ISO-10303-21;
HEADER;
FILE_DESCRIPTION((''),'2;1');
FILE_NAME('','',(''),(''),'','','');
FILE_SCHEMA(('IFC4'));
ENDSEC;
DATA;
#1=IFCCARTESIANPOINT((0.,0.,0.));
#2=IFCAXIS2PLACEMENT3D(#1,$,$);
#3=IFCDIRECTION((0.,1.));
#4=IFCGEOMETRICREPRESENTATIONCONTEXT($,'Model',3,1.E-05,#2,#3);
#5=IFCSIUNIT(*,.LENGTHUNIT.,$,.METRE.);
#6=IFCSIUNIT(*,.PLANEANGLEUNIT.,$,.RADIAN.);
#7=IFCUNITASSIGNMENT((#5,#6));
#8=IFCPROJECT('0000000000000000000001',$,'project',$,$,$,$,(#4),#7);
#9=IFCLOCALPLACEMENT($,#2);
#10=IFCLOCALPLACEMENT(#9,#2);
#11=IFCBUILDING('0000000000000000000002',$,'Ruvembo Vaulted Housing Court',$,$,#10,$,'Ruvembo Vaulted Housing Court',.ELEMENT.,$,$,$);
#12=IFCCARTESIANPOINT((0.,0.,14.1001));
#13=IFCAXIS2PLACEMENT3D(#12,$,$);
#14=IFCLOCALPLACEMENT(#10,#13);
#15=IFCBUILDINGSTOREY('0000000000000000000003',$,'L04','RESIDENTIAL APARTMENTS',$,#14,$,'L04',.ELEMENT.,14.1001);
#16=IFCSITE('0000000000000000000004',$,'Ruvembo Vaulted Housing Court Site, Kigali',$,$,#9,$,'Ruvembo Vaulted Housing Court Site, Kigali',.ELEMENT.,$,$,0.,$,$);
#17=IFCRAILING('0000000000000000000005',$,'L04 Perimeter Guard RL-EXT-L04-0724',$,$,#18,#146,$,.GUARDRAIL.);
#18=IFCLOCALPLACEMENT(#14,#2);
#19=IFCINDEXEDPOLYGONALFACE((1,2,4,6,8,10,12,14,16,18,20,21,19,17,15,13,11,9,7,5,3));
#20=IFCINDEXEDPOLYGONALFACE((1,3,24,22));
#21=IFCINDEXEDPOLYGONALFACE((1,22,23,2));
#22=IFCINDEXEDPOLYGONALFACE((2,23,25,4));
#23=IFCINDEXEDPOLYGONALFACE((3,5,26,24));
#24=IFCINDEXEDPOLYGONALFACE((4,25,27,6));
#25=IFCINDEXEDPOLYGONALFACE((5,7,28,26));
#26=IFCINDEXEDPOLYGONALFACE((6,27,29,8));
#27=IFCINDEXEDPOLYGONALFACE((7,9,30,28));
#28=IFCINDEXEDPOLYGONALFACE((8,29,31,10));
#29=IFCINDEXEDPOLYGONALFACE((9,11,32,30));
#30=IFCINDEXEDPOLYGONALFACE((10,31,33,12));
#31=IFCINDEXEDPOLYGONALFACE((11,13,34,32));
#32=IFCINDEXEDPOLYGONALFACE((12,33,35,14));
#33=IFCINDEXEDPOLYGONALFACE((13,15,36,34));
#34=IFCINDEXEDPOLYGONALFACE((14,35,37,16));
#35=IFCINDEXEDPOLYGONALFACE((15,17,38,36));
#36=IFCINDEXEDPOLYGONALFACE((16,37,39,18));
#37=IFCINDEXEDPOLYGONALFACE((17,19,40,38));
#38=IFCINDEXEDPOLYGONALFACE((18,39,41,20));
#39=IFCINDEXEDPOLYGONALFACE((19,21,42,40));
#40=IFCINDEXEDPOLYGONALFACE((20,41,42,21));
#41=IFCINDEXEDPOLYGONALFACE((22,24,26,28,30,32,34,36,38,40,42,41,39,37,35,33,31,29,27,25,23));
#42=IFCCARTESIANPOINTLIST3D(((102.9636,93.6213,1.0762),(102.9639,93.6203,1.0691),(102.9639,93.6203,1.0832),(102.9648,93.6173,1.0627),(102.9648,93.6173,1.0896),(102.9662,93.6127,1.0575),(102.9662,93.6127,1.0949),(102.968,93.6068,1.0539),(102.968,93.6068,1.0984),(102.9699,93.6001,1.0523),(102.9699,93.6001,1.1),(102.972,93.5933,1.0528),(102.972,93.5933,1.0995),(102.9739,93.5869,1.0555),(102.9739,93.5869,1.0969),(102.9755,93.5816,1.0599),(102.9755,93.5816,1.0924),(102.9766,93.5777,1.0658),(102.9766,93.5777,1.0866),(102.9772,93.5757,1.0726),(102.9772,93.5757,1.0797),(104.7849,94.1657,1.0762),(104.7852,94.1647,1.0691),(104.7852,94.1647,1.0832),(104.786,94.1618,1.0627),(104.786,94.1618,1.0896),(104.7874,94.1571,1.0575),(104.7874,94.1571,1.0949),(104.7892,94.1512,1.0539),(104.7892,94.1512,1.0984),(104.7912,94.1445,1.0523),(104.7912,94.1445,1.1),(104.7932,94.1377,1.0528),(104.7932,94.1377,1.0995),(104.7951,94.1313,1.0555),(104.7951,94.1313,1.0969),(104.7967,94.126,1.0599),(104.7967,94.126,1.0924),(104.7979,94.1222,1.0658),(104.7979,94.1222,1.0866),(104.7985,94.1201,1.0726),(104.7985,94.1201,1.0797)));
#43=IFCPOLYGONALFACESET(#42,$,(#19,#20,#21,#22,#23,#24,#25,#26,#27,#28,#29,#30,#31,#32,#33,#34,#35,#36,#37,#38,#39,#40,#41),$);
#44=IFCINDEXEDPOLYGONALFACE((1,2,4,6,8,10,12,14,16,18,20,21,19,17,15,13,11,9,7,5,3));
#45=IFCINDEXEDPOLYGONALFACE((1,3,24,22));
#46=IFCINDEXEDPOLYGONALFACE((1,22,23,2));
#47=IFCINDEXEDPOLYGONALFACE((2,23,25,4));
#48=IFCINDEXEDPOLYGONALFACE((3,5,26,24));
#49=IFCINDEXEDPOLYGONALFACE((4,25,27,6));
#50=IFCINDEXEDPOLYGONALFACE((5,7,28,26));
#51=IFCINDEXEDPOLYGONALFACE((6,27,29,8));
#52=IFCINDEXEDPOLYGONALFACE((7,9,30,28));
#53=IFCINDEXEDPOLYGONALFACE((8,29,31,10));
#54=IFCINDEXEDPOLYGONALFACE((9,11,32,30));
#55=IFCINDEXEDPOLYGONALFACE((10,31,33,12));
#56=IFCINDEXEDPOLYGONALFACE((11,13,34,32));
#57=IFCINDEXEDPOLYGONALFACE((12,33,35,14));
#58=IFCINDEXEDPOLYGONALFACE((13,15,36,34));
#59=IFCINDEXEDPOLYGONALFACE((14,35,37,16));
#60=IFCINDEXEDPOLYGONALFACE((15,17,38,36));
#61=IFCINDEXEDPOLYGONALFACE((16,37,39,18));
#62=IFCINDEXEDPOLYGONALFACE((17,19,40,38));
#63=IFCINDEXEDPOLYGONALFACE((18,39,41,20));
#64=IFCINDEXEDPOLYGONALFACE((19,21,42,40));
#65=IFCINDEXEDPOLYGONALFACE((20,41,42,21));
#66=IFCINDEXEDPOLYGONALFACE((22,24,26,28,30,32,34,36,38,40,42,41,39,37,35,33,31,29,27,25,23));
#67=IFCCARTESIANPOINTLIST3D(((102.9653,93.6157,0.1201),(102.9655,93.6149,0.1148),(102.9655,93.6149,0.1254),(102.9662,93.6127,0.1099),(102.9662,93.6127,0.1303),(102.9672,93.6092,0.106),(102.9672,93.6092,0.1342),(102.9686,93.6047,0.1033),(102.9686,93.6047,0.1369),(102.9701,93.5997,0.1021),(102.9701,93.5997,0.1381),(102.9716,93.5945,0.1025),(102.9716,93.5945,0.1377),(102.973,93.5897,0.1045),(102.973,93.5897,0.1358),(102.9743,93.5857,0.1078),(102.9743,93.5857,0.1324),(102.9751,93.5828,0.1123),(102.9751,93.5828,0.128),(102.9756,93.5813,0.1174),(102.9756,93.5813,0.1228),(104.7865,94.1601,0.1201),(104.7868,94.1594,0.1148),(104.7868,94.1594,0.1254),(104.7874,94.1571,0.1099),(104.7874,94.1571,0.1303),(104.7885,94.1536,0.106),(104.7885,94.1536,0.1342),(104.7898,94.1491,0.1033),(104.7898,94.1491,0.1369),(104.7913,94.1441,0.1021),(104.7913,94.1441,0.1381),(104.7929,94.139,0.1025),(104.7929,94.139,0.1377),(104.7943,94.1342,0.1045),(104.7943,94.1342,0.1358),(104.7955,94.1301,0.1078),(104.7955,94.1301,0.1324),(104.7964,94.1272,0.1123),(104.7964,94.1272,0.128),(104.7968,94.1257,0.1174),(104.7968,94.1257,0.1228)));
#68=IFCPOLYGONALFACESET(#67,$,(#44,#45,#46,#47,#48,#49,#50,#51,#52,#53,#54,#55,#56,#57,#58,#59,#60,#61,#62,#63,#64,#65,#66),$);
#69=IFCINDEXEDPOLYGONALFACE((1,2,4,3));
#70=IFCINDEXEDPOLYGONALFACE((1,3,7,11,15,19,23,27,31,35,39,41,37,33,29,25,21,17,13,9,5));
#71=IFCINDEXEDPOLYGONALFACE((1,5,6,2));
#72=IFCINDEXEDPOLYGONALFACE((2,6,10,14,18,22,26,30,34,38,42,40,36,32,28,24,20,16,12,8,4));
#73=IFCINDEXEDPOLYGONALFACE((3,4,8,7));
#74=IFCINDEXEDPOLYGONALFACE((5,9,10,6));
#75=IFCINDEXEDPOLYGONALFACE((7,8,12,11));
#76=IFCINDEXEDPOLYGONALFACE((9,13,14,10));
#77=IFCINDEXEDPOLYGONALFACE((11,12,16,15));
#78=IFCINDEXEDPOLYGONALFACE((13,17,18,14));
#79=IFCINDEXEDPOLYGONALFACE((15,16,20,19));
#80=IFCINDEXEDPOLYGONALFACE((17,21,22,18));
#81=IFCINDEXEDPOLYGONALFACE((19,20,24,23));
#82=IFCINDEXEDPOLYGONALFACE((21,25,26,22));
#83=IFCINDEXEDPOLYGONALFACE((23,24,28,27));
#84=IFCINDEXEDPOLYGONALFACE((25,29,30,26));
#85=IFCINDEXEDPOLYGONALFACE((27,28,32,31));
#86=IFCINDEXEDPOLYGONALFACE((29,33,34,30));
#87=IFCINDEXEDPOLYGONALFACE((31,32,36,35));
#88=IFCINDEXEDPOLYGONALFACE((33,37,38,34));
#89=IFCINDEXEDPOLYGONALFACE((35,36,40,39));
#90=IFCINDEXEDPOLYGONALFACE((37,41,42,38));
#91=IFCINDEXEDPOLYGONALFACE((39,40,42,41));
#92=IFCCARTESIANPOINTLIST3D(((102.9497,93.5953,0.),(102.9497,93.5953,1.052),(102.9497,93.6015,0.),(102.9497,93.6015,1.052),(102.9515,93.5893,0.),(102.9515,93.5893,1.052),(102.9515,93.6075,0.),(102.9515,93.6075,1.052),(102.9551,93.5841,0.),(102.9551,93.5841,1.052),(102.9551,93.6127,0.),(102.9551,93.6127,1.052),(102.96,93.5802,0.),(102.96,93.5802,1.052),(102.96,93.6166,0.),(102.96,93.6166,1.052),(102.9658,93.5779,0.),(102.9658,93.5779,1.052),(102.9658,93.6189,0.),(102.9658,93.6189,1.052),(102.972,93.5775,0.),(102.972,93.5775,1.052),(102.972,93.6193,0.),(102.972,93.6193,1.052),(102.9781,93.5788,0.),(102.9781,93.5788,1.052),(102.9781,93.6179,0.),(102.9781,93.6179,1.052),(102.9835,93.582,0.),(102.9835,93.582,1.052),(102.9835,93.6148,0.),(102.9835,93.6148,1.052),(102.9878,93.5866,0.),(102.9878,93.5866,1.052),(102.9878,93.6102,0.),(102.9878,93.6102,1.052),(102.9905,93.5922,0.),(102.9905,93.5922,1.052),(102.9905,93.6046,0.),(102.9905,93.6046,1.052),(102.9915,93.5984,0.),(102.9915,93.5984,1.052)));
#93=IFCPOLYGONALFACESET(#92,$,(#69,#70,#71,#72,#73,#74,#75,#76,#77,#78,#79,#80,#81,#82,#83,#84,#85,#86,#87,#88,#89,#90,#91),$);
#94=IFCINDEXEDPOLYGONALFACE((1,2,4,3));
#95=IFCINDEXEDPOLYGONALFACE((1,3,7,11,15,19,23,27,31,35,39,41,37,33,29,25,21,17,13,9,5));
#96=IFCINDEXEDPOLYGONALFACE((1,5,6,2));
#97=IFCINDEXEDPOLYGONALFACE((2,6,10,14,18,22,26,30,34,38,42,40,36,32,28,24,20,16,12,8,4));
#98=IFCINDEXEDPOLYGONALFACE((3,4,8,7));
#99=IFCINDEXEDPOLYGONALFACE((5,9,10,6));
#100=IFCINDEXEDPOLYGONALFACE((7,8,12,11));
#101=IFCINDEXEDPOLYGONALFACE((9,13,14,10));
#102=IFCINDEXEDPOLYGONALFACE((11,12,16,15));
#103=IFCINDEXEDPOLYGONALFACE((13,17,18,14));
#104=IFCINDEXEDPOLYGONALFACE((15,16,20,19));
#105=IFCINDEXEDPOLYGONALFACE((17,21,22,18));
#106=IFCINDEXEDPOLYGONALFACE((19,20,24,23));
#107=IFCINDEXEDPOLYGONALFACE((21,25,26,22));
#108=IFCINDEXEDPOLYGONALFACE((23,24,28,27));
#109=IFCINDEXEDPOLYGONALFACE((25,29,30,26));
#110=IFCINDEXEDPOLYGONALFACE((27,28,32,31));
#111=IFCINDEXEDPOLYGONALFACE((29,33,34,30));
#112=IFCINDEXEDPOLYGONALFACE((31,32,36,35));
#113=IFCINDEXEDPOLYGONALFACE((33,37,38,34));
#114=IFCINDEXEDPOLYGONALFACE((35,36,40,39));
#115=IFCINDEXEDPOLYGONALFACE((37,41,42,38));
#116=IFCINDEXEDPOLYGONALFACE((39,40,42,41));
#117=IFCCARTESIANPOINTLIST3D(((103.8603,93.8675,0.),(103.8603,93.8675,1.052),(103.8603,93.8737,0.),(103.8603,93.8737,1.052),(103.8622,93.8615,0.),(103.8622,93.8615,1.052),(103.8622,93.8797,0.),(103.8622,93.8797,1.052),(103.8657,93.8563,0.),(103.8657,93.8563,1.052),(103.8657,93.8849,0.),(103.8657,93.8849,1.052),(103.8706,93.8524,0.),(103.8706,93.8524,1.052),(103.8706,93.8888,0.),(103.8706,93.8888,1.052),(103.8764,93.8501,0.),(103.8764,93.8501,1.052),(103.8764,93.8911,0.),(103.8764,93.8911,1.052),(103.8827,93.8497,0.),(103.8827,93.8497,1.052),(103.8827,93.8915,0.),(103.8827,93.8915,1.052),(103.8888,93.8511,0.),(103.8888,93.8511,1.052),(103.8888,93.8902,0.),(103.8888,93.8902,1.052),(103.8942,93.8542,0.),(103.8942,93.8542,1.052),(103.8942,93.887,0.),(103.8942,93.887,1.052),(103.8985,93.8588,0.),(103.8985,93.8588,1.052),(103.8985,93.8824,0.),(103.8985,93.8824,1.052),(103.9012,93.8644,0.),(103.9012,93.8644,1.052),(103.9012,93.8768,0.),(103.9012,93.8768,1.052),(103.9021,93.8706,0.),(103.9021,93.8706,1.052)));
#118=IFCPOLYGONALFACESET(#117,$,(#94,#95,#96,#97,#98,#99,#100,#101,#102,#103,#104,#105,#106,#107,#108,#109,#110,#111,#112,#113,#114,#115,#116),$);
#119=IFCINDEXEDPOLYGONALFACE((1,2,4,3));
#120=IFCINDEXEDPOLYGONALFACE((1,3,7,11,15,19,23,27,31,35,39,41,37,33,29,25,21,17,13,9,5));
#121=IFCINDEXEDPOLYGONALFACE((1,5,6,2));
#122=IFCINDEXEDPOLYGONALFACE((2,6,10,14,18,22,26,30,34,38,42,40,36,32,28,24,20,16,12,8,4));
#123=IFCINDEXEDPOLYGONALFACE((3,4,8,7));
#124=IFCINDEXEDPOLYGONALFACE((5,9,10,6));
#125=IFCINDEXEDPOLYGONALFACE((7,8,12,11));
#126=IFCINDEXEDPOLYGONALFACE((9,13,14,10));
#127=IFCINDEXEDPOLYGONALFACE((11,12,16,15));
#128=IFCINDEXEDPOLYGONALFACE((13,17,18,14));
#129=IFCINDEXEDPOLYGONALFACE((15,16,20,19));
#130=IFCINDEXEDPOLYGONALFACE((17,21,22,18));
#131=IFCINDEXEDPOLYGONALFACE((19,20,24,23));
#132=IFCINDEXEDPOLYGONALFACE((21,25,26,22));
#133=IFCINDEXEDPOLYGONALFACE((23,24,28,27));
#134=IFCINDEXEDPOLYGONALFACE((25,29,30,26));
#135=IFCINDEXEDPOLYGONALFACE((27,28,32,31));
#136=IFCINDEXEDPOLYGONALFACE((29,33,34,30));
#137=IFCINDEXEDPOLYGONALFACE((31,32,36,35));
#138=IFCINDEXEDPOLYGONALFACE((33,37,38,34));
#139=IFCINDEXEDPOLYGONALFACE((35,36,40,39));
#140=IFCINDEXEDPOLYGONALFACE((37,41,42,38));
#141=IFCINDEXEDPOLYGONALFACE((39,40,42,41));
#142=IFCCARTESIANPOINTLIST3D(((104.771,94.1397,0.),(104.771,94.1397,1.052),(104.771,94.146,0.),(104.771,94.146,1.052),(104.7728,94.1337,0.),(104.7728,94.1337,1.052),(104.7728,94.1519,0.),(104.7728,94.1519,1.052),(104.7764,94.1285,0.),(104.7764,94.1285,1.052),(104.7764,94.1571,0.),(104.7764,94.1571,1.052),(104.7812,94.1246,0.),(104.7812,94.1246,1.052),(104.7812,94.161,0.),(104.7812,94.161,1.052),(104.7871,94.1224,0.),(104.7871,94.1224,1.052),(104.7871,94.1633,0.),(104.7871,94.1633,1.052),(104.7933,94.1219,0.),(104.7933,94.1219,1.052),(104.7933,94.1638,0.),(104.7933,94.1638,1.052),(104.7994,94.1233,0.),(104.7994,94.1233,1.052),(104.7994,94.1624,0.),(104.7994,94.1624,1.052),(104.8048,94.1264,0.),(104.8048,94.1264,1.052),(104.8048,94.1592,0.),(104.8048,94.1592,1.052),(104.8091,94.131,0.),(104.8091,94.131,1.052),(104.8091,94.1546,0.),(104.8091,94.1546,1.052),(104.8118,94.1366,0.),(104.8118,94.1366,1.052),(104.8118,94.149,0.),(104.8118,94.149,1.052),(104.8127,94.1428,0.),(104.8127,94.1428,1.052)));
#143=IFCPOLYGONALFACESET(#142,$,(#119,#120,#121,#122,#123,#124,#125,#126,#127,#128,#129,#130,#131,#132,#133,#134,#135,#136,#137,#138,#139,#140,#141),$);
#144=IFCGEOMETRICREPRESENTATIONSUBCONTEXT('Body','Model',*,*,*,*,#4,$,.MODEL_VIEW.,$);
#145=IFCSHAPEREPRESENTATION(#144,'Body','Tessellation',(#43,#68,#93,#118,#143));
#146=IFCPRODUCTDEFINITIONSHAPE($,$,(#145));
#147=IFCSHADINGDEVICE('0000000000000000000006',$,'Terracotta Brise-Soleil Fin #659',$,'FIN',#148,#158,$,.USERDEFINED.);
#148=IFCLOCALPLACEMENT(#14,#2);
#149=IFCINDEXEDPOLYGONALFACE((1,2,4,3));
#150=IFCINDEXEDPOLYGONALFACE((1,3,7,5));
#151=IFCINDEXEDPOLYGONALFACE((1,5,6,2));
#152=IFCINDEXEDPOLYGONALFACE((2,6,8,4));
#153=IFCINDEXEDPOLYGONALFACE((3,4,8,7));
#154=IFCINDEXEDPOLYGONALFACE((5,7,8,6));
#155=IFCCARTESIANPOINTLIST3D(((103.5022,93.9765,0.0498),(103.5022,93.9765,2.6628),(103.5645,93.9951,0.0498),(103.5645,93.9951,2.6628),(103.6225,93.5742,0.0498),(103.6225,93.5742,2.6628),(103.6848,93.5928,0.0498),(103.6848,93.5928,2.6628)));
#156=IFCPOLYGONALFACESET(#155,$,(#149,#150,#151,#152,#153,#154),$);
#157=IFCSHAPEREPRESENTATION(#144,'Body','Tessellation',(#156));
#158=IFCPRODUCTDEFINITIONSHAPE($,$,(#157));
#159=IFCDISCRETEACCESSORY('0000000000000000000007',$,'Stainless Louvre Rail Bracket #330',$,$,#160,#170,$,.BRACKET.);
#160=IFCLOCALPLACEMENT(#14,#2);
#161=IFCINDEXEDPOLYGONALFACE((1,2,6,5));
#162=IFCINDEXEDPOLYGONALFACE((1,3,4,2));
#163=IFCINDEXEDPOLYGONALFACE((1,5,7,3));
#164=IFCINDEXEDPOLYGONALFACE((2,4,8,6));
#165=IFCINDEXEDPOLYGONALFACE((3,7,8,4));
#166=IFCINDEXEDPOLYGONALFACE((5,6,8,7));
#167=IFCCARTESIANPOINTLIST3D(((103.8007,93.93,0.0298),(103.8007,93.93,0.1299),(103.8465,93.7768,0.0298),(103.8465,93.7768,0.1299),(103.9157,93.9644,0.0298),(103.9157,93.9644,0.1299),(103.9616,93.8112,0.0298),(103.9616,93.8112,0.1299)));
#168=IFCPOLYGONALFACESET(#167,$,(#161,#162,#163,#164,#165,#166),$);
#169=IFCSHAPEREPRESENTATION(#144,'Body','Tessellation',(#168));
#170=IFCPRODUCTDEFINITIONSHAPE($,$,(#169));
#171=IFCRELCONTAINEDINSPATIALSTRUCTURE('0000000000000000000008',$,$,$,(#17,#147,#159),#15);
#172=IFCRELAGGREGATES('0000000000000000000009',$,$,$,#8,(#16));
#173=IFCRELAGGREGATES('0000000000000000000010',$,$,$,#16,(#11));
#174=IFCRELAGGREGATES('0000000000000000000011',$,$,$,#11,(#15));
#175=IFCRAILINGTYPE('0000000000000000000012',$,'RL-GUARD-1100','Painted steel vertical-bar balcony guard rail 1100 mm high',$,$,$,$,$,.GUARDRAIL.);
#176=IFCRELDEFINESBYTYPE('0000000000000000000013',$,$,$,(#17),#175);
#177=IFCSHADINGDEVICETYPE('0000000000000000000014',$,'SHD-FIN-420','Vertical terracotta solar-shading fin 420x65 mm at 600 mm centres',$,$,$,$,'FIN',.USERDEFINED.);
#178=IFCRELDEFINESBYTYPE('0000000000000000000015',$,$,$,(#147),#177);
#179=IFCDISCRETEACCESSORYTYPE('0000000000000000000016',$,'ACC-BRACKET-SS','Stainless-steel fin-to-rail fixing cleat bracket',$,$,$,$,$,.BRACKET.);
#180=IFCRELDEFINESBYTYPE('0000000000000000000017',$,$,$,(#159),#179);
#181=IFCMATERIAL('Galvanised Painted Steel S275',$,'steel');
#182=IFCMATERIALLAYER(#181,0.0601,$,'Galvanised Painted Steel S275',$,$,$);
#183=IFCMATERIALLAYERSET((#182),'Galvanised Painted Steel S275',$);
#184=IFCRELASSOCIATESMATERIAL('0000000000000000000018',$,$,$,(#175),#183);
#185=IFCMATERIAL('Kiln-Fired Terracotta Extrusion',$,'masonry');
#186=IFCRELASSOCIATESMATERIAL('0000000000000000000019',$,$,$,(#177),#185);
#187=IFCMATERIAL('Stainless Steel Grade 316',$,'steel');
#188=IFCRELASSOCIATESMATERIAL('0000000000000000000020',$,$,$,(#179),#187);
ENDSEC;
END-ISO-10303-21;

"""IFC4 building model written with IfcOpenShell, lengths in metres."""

from ifc_helpers import new_model, si_unit, direction, frame, origin, origin_2d, place, context, subcontext, project, spatial, rectangle, circle, extrude, material, layer, layer_set, type_object, element, save


model = new_model("IFC4")

# Units and contexts
model_context = context("Model", 3, precision=1e-05, world=origin(), true_north=direction((0.0, 1.0)))
body_context = subcontext(model_context, "Body", "Model", "MODEL_VIEW")
ifc_project = project(units=[si_unit("LENGTHUNIT", "METRE"), si_unit("PLANEANGLEUNIT", "RADIAN")], contexts=[model_context])

# Site, building, storey
site_placement = place(None, origin())
site = spatial("IfcSite", under=ifc_project, at=site_placement, Name="Ruvembo Vaulted Housing Court Site, Kigali", LongName="Ruvembo Vaulted Housing Court Site, Kigali", CompositionType="ELEMENT", RefElevation=0.0)
building_placement = place(site_placement, origin())
building = spatial("IfcBuilding", under=site, at=building_placement, Name="Ruvembo Vaulted Housing Court", LongName="Ruvembo Vaulted Housing Court", CompositionType="ELEMENT")
storey_placement = place(building_placement, frame((0.0, 0.0, 14.1001)))
storey = spatial("IfcBuildingStorey", under=building, at=storey_placement, Name="L04", Description="RESIDENTIAL APARTMENTS", LongName="L04", CompositionType="ELEMENT", Elevation=14.1001)

# Railing
ifc_material_1 = material(Name="Galvanised Painted Steel S275", Category="steel")
ifc_layer_1 = layer(ifc_material_1, 0.0601, Name="Galvanised Painted Steel S275")
ifc_layer_set_1 = layer_set([ifc_layer_1], Name="Galvanised Painted Steel S275")
railing_type = type_object("IfcRailingType", Name="RL-GUARD-1100", Description="Painted steel vertical-bar balcony guard rail 1100 mm high", PredefinedType="GUARDRAIL", material=ifc_layer_set_1)
railing_placement = place(storey_placement, frame((102.9705, 93.5984, 0.0)))
element("IfcRailing", 1, at=railing_placement, inside=storey, type_object=railing_type, Name="L04 Perimeter Guard RL-EXT-L04-0724", PredefinedType="GUARDRAIL", context=body_context, shape_type="SweptSolid", body=[
    extrude(circle(Radius=0.0239, at=origin_2d()), frame((0.0, 0.0, 1.0762), z_axis=(0.958109, 0.286405, 0.0), x_axis=(-0.286405, 0.958109, 0.0)), (0.0, 0.0, 1.0), 1.9009),
    extrude(circle(Radius=0.0181, at=origin_2d()), frame((0.0, 0.0, 0.1201), z_axis=(0.958109, 0.286405, 0.0), x_axis=(-0.286405, 0.958109, 0.0)), (0.0, 0.0, 1.0), 1.9009),
    extrude(circle(Radius=0.021, at=origin_2d()), origin(), (0.0, 0.0, 1.0), 1.052),
    extrude(circle(Radius=0.021, at=origin_2d()), frame((0.9106, 0.2722, 0.0)), (0.0, 0.0, 1.0), 1.052),
    extrude(circle(Radius=0.021, at=origin_2d()), frame((1.8213, 0.5444, 0.0)), (0.0, 0.0, 1.0), 1.052),
])

# Shading device
ifc_material_2 = material(Name="Kiln-Fired Terracotta Extrusion", Category="masonry")
shading_device_type = type_object("IfcShadingDeviceType", Name="SHD-FIN-420", Description="Vertical terracotta solar-shading fin 420x65 mm at 600 mm centres", ElementType="FIN", PredefinedType="USERDEFINED", material=ifc_material_2)
shading_device_placement = place(storey_placement, frame((103.5935, 93.7847, 0.0498), z_axis=(0.0, 0.0, 1.0), x_axis=(0.286491, -0.958083, 0.0)))
element("IfcShadingDevice", 2, at=shading_device_placement, inside=storey, type_object=shading_device_type, Name="Terracotta Brise-Soleil Fin #659", ObjectType="FIN", PredefinedType="USERDEFINED", context=body_context, shape_type="SweptSolid", body=[
    extrude(rectangle(XDim=0.4199, YDim=0.0649, at=origin_2d()), origin(), (0.0, 0.0, 1.0), 2.613),
])

# Discrete accessory
ifc_material_3 = material(Name="Stainless Steel Grade 316", Category="steel")
discrete_accessory_type = type_object("IfcDiscreteAccessoryType", Name="ACC-BRACKET-SS", Description="Stainless-steel fin-to-rail fixing cleat bracket", PredefinedType="BRACKET", material=ifc_material_3)
discrete_accessory_placement = place(storey_placement, frame((103.8811, 93.8706, 0.0298), z_axis=(0.0, 0.0, 1.0), x_axis=(0.286491, -0.958083, 0.0)))
element("IfcDiscreteAccessory", 3, at=discrete_accessory_placement, inside=storey, type_object=discrete_accessory_type, Name="Stainless Louvre Rail Bracket #330", PredefinedType="BRACKET", context=body_context, shape_type="SweptSolid", body=[
    extrude(rectangle(XDim=0.1599, YDim=0.1201, at=origin_2d()), origin(), (0.0, 0.0, 1.0), 0.1001),
])

save(model, "model.ifc")
